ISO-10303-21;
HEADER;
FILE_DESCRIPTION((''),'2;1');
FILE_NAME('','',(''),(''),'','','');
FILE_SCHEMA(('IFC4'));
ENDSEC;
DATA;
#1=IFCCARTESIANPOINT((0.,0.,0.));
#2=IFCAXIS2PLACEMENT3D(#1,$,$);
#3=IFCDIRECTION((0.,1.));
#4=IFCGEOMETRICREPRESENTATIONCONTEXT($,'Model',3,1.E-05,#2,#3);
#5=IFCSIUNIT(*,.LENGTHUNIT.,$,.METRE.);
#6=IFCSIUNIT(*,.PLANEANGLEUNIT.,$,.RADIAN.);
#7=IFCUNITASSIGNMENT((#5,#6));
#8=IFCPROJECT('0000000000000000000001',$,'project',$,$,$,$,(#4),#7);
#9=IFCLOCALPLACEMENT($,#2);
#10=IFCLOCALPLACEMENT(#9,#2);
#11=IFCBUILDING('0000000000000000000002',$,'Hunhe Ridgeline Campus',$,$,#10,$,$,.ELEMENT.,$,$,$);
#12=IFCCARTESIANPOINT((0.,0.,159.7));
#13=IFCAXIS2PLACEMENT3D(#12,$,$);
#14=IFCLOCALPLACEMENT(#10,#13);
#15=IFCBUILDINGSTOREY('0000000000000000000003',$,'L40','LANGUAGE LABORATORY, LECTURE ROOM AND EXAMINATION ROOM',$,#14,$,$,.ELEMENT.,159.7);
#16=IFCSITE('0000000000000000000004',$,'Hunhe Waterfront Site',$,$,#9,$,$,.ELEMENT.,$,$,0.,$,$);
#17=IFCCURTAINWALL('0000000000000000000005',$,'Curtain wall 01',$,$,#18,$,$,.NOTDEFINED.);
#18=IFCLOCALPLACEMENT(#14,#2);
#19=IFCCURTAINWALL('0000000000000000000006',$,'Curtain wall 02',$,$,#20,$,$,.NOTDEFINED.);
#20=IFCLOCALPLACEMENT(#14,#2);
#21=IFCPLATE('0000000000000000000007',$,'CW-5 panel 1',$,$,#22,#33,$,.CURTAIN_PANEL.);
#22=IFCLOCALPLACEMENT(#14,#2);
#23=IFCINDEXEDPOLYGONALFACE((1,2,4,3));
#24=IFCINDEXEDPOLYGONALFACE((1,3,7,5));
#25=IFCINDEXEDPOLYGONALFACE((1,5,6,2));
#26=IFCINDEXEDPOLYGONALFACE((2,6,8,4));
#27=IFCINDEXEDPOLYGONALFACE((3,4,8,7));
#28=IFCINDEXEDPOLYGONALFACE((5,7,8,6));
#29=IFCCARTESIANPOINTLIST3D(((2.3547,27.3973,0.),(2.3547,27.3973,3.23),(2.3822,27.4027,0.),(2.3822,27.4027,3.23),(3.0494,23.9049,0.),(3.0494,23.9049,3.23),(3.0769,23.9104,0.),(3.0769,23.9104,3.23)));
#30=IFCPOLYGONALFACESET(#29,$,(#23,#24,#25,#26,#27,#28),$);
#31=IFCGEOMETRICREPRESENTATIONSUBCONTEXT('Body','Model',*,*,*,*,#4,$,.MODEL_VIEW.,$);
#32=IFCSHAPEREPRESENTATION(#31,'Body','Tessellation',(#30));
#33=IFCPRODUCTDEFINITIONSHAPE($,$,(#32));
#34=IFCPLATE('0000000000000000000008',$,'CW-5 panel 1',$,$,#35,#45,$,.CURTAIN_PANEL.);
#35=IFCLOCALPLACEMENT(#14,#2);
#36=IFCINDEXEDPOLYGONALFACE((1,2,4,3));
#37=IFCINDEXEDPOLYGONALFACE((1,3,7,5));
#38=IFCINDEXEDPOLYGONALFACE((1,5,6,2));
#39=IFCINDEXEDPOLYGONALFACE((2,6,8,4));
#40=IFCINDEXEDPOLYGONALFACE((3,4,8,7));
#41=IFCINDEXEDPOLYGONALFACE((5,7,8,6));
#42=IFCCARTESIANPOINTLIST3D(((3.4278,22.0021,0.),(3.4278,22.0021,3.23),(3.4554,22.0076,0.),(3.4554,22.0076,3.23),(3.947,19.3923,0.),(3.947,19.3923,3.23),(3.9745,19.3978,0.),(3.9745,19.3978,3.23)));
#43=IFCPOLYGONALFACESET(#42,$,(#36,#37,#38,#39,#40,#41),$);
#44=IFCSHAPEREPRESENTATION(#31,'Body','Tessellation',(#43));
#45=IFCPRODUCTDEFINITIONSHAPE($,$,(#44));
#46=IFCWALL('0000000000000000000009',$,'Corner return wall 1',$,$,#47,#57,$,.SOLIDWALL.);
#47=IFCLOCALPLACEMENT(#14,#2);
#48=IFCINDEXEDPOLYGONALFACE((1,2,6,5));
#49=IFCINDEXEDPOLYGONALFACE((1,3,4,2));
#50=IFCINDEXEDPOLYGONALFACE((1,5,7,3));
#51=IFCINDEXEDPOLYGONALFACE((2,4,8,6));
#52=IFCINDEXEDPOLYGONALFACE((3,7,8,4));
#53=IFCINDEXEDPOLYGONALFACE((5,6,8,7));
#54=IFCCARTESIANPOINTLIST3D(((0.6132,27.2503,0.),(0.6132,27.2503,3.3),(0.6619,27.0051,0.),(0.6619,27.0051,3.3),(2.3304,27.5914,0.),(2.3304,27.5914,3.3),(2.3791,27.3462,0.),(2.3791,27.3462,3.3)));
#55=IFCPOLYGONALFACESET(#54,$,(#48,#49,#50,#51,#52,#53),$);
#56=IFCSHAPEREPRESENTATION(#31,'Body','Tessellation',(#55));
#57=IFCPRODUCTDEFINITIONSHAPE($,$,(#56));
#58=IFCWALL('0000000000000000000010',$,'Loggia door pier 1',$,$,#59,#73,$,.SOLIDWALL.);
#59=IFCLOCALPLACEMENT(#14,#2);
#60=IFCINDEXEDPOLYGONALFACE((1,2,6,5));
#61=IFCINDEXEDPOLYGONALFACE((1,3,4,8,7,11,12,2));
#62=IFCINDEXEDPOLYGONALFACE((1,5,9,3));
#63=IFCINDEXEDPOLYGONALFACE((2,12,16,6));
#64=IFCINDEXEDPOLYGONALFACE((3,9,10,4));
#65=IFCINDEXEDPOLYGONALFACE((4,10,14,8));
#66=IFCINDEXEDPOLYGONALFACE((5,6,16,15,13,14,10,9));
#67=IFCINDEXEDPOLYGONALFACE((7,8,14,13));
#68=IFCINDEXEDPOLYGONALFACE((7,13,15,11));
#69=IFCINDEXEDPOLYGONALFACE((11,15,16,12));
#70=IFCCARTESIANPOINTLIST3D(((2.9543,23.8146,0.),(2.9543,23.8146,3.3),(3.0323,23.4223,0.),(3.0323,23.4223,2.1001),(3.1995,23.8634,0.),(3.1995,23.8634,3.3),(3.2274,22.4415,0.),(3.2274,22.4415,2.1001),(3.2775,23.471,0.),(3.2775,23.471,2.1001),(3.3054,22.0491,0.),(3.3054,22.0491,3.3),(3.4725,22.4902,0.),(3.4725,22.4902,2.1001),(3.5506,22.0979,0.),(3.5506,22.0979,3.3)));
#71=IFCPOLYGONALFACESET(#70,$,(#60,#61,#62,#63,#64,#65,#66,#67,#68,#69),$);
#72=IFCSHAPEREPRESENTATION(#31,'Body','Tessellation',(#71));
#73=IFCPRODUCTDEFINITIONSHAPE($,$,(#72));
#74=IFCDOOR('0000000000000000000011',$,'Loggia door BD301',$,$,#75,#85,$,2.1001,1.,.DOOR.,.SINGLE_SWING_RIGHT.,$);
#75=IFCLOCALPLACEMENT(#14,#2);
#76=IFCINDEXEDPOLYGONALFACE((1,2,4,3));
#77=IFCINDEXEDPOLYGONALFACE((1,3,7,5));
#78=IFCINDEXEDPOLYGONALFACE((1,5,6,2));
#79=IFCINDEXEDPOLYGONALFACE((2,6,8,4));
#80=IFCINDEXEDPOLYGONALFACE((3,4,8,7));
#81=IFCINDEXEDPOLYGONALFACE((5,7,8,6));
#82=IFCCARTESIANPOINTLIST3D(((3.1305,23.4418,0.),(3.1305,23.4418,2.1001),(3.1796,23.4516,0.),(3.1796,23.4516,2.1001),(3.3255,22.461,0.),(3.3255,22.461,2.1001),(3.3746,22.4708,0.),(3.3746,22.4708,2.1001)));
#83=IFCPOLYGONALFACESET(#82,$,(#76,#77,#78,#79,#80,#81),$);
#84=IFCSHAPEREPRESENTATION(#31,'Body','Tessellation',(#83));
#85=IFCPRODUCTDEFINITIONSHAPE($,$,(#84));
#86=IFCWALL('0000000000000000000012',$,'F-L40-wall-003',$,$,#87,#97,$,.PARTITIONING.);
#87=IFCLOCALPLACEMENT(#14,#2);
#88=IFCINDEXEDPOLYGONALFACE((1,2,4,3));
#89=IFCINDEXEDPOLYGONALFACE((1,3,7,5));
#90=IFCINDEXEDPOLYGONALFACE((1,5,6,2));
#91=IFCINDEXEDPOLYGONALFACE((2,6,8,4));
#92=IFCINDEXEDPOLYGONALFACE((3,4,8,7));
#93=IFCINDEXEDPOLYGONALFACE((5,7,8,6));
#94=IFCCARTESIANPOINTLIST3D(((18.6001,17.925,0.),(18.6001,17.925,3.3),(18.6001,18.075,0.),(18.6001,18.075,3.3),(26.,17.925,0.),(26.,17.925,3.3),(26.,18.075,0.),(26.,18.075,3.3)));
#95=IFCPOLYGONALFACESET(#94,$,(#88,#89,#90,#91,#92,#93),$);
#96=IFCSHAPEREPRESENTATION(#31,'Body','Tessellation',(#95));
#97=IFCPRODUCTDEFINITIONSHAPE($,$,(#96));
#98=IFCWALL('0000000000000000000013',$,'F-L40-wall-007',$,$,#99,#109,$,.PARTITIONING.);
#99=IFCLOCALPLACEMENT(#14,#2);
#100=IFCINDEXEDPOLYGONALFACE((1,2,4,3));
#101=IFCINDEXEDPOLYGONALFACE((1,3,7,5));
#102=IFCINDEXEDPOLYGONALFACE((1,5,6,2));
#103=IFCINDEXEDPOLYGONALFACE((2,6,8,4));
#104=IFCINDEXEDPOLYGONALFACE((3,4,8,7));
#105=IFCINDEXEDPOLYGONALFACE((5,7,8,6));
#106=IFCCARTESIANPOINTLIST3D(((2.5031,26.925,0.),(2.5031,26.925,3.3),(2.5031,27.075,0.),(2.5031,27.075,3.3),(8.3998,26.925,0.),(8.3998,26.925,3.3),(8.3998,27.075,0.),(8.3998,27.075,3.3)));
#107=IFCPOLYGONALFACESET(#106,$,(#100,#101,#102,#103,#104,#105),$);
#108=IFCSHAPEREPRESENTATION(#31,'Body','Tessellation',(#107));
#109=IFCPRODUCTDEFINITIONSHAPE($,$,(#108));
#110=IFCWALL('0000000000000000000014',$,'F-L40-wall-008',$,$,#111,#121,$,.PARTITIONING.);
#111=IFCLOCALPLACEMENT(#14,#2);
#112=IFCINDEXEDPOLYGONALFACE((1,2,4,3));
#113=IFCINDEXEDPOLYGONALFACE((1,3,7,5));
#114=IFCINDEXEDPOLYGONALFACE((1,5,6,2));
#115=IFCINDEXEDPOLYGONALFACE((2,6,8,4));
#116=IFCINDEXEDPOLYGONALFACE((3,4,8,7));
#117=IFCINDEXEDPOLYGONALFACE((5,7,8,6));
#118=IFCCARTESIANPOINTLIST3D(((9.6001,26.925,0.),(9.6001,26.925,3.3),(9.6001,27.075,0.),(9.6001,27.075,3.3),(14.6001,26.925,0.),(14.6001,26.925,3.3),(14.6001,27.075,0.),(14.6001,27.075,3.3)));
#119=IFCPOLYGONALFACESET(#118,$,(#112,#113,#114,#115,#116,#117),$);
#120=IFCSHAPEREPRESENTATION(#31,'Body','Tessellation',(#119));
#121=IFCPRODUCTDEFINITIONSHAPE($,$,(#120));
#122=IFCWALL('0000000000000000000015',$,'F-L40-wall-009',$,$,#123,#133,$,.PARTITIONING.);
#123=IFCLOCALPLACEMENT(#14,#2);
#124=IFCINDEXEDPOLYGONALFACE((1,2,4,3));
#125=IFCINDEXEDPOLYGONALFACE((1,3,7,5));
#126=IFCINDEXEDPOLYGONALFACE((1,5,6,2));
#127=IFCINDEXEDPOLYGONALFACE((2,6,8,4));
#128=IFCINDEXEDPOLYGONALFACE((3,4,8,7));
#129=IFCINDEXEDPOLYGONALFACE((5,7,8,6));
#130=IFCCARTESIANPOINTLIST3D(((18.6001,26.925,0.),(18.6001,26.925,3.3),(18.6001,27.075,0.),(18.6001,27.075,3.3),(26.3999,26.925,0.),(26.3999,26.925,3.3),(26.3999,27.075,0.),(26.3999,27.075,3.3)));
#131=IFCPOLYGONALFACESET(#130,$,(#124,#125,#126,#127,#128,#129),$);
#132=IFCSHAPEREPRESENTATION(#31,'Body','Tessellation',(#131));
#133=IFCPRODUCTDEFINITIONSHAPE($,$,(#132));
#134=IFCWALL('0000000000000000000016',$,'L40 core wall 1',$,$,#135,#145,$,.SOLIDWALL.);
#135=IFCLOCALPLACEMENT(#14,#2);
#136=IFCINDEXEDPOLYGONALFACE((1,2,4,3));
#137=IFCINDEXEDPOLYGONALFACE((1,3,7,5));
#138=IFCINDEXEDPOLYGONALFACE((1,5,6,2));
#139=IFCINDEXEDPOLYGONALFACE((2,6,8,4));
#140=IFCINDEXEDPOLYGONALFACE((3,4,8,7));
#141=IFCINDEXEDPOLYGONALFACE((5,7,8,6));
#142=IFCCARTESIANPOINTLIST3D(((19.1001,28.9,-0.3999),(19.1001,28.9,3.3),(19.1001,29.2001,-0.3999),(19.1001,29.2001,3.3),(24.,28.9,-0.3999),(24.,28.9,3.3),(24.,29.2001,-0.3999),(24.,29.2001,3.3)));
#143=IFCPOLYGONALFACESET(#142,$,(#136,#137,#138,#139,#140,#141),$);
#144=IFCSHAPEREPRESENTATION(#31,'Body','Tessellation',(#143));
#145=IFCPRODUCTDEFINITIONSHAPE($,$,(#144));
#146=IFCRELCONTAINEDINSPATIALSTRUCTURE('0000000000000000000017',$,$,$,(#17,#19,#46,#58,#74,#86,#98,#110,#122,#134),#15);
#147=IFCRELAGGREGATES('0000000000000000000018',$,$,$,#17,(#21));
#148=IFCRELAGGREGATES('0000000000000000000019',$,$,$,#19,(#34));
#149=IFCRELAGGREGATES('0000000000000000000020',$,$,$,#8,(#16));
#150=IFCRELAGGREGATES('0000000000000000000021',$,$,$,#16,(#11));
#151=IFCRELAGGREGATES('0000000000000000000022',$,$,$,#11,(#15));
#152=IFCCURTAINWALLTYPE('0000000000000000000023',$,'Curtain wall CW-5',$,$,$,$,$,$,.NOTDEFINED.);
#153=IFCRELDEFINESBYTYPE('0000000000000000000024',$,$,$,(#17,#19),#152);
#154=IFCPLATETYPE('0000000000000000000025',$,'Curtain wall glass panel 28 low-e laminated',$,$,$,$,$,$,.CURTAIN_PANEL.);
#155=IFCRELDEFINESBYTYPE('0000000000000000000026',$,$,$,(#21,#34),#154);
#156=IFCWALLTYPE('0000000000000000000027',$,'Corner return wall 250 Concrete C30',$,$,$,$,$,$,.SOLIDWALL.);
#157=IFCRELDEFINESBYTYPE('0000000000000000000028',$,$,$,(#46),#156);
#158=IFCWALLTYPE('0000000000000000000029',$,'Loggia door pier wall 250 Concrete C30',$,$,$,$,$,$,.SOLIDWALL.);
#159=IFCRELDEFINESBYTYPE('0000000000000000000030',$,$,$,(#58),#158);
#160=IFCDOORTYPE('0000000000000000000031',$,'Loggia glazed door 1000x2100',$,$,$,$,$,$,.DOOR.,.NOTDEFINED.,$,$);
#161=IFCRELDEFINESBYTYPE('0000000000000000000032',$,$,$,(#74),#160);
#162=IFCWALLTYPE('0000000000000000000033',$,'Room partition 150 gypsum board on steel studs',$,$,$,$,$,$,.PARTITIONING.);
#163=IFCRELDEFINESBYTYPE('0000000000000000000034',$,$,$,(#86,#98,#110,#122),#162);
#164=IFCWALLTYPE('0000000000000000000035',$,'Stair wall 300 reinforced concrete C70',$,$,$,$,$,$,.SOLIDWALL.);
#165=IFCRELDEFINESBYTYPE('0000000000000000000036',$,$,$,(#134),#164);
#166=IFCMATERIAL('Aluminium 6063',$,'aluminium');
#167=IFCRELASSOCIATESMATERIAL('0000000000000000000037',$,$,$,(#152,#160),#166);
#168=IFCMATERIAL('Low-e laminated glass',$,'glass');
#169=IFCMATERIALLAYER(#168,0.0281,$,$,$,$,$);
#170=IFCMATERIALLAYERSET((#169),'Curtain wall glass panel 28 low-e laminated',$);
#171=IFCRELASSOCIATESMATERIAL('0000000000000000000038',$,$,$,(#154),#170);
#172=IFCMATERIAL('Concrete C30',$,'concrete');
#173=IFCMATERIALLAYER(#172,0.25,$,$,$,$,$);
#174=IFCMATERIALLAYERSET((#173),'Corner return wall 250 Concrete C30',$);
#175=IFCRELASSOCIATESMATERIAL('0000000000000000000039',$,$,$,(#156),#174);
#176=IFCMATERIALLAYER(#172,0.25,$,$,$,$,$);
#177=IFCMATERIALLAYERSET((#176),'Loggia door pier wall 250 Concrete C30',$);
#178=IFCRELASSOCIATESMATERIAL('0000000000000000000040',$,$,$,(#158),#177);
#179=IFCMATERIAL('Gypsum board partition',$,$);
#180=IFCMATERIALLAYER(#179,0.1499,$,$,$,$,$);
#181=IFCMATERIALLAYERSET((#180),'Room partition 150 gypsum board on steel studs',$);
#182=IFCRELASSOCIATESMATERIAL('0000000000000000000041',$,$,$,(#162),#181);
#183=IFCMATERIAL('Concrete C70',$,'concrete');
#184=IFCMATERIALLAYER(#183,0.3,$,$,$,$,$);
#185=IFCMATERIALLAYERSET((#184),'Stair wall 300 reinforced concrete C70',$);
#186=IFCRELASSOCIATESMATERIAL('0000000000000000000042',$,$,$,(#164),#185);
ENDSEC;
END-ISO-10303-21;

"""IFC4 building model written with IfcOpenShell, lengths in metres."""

from ifc_helpers import new_model, si_unit, direction, frame, frame_2d, origin, origin_2d, place, context, subcontext, project, spatial, rectangle, extrude, material, layer, layer_set, type_object, element, fill, aggregate, save


model = new_model("IFC4")

# Units and contexts
model_context = context("Model", 3, precision=1e-05, world=origin(), true_north=direction((0.0, 1.0)))
body_context = subcontext(model_context, "Body", "Model", "MODEL_VIEW")
ifc_project = project(units=[si_unit("LENGTHUNIT", "METRE"), si_unit("PLANEANGLEUNIT", "RADIAN")], contexts=[model_context])

# Site, building, storey
site_placement = place(None, origin())
site = spatial("IfcSite", under=ifc_project, at=site_placement, Name="Hunhe Waterfront Site", CompositionType="ELEMENT", RefElevation=0.0)
building_placement = place(site_placement, origin())
building = spatial("IfcBuilding", under=site, at=building_placement, Name="Hunhe Ridgeline Campus", CompositionType="ELEMENT")
storey_placement = place(building_placement, frame((0.0, 0.0, 159.7)))
storey = spatial("IfcBuildingStorey", under=building, at=storey_placement, Name="L40", Description="LANGUAGE LABORATORY, LECTURE ROOM AND EXAMINATION ROOM", CompositionType="ELEMENT", Elevation=159.7)

# Shared definitions
ifc_material_1 = material(Name="Concrete C70", Category="concrete")

# Curtain walls
ifc_material_2 = material(Name="Aluminium 6063", Category="aluminium")
curtain_wall_type = type_object("IfcCurtainWallType", Name="Curtain wall CW-5", PredefinedType="NOTDEFINED", material=ifc_material_2)
curtain_wall_1_placement = place(storey_placement, origin())
curtain_wall_1 = element("IfcCurtainWall", 1, at=curtain_wall_1_placement, inside=storey, type_object=curtain_wall_type, Name="Curtain wall 01", PredefinedType="NOTDEFINED")
curtain_wall_2_placement = place(storey_placement, origin())
curtain_wall_2 = element("IfcCurtainWall", 2, at=curtain_wall_2_placement, inside=storey, type_object=curtain_wall_type, Name="Curtain wall 02", PredefinedType="NOTDEFINED")

# Plates
ifc_material_3 = material(Name="Low-e laminated glass", Category="glass")
ifc_layer_1 = layer(ifc_material_3, 0.0281)
ifc_layer_set_1 = layer_set([ifc_layer_1], Name="Curtain wall glass panel 28 low-e laminated")
plate_type = type_object("IfcPlateType", Name="Curtain wall glass panel 28 low-e laminated", PredefinedType="CURTAIN_PANEL", material=ifc_layer_set_1)
plate_1_placement = place(storey_placement, frame((2.7158, 25.6538, 0.0), z_axis=(0.0, 0.0, 1.0), x_axis=(0.195095, -0.980784, 0.0)))
plate_1 = element("IfcPlate", 3, at=plate_1_placement, type_object=plate_type, Name="CW-5 panel 1", PredefinedType="CURTAIN_PANEL", context=body_context, shape_type="SweptSolid", body=[
    extrude(rectangle(XDim=3.5608, YDim=0.0281, at=origin_2d()), origin(), (0.0, 0.0, 1.0), 3.23),
])
aggregate(curtain_wall_1, [plate_1])
plate_2_placement = place(storey_placement, frame((3.7012, 20.7, 0.0), z_axis=(0.0, 0.0, 1.0), x_axis=(0.195095, -0.980784, 0.0)))
plate_2 = element("IfcPlate", 4, at=plate_2_placement, type_object=plate_type, Name="CW-5 panel 1", PredefinedType="CURTAIN_PANEL", context=body_context, shape_type="SweptSolid", body=[
    extrude(rectangle(XDim=2.6609, YDim=0.0281, at=origin_2d()), origin(), (0.0, 0.0, 1.0), 3.23),
])
aggregate(curtain_wall_2, [plate_2])

# Wall
ifc_material_4 = material(Name="Concrete C30", Category="concrete")
ifc_layer_2 = layer(ifc_material_4, 0.25)
ifc_layer_set_2 = layer_set([ifc_layer_2], Name="Corner return wall 250 Concrete C30")
wall_type_1 = type_object("IfcWallType", Name="Corner return wall 250 Concrete C30", PredefinedType="SOLIDWALL", material=ifc_layer_set_2)
wall_1_placement = place(storey_placement, frame((0.6375, 27.1277, 0.0), z_axis=(0.0, 0.0, 1.0), x_axis=(0.980843, 0.194802, 0.0)))
element("IfcWall", 5, at=wall_1_placement, inside=storey, type_object=wall_type_1, Name="Corner return wall 1", PredefinedType="SOLIDWALL", context=body_context, shape_type="SweptSolid", body=[
    extrude(rectangle(XDim=1.7507, YDim=0.25, at=frame_2d((0.8755, 0.0))), origin(), (0.0, 0.0, 1.0), 3.3),
])

# Wall, opening, door
ifc_layer_3 = layer(ifc_material_4, 0.25)
ifc_layer_set_3 = layer_set([ifc_layer_3], Name="Loggia door pier wall 250 Concrete C30")
wall_type_2 = type_object("IfcWallType", Name="Loggia door pier wall 250 Concrete C30", PredefinedType="SOLIDWALL", material=ifc_layer_set_3)
wall_2_placement = place(storey_placement, frame((3.0769, 23.8389, 0.0), z_axis=(0.0, 0.0, 1.0), x_axis=(0.195047, -0.980794, 0.0)))
wall_2 = element("IfcWall", 6, at=wall_2_placement, inside=storey, type_object=wall_type_2, Name="Loggia door pier 1", PredefinedType="SOLIDWALL", context=body_context, shape_type="SweptSolid", body=[
    extrude(rectangle(XDim=1.8, YDim=0.25, at=frame_2d((0.8999, 0.0))), origin(), (0.0, 0.0, 1.0), 3.3),
])
opening_placement = place(wall_2_placement, frame((0.3999, 0.0, 0.0)))
opening = element("IfcOpeningElement", 7, at=opening_placement, cuts=wall_2, PredefinedType="OPENING", context=body_context, shape_type="SweptSolid", body=[
    extrude(rectangle(XDim=1.0, YDim=2.1001, at=frame_2d((0.5, 1.05))), frame((0.0, 0.125, 0.0), z_axis=(0.0, -1.0, 0.0), x_axis=(1.0, 0.0, 0.0)), (0.0, 0.0, 1.0), 0.25),
])
door_type = type_object("IfcDoorType", Name="Loggia glazed door 1000x2100", OperationType="NOTDEFINED", PredefinedType="DOOR", material=ifc_material_2)
door_placement = place(opening_placement, frame((1.0, 0.0, 0.0), z_axis=(0.0, 0.0, 1.0), x_axis=(-1.0, 0.0, 0.0)))
door = element("IfcDoor", 8, at=door_placement, inside=storey, type_object=door_type, Name="Loggia door BD301", OperationType="SINGLE_SWING_RIGHT", OverallHeight=2.1001, OverallWidth=1.0, PredefinedType="DOOR", context=body_context, shape_type="SweptSolid", body=[
    extrude(rectangle(XDim=1.0, YDim=2.1001, at=frame_2d((0.5, 1.05))), frame((0.0, 0.0249, 0.0), z_axis=(0.0, -1.0, 0.0), x_axis=(1.0, 0.0, 0.0)), (0.0, 0.0, 1.0), 0.05),
])
fill(opening, door)

# Walls
ifc_material_5 = material(Name="Gypsum board partition")
ifc_layer_4 = layer(ifc_material_5, 0.1499)
ifc_layer_set_4 = layer_set([ifc_layer_4], Name="Room partition 150 gypsum board on steel studs")
wall_type_3 = type_object("IfcWallType", Name="Room partition 150 gypsum board on steel studs", PredefinedType="PARTITIONING", material=ifc_layer_set_4)
wall_3_placement = place(storey_placement, frame((18.6001, 18.0, 0.0), z_axis=(0.0, 0.0, 1.0), x_axis=(1.0, 0.0, 0.0)))
element("IfcWall", 9, at=wall_3_placement, inside=storey, type_object=wall_type_3, Name="F-L40-wall-003", PredefinedType="PARTITIONING", context=body_context, shape_type="SweptSolid", body=[
    extrude(rectangle(XDim=7.3999, YDim=0.1499, at=frame_2d((3.7, 0.0))), origin(), (0.0, 0.0, 1.0), 3.3),
])
wall_4_placement = place(storey_placement, frame((2.5032, 27.0, 0.0), z_axis=(0.0, 0.0, 1.0), x_axis=(1.0, 0.0, 0.0)))
element("IfcWall", 10, at=wall_4_placement, inside=storey, type_object=wall_type_3, Name="F-L40-wall-007", PredefinedType="PARTITIONING", context=body_context, shape_type="SweptSolid", body=[
    extrude(rectangle(XDim=5.8967, YDim=0.1499, at=frame_2d((2.9482, 0.0))), origin(), (0.0, 0.0, 1.0), 3.3),
])
wall_5_placement = place(storey_placement, frame((9.6001, 27.0, 0.0), z_axis=(0.0, 0.0, 1.0), x_axis=(1.0, 0.0, 0.0)))
element("IfcWall", 11, at=wall_5_placement, inside=storey, type_object=wall_type_3, Name="F-L40-wall-008", PredefinedType="PARTITIONING", context=body_context, shape_type="SweptSolid", body=[
    extrude(rectangle(XDim=5.0, YDim=0.1499, at=frame_2d((2.5, 0.0))), origin(), (0.0, 0.0, 1.0), 3.3),
])
wall_6_placement = place(storey_placement, frame((18.6001, 27.0, 0.0), z_axis=(0.0, 0.0, 1.0), x_axis=(1.0, 0.0, 0.0)))
element("IfcWall", 12, at=wall_6_placement, inside=storey, type_object=wall_type_3, Name="F-L40-wall-009", PredefinedType="PARTITIONING", context=body_context, shape_type="SweptSolid", body=[
    extrude(rectangle(XDim=7.7998, YDim=0.1499, at=frame_2d((3.8999, 0.0))), origin(), (0.0, 0.0, 1.0), 3.3),
])
ifc_layer_5 = layer(ifc_material_1, 0.3)
ifc_layer_set_5 = layer_set([ifc_layer_5], Name="Stair wall 300 reinforced concrete C70")
wall_type_4 = type_object("IfcWallType", Name="Stair wall 300 reinforced concrete C70", PredefinedType="SOLIDWALL", material=ifc_layer_set_5)
wall_7_placement = place(storey_placement, frame((19.1001, 29.05, -0.3999), z_axis=(0.0, 0.0, 1.0), x_axis=(1.0, 0.0, 0.0)))
element("IfcWall", 13, at=wall_7_placement, inside=storey, type_object=wall_type_4, Name="L40 core wall 1", PredefinedType="SOLIDWALL", context=body_context, shape_type="SweptSolid", body=[
    extrude(rectangle(XDim=4.8999, YDim=0.3, at=frame_2d((2.45, 0.0))), origin(), (0.0, 0.0, 1.0), 3.7),
])

save(model, "model.ifc")
